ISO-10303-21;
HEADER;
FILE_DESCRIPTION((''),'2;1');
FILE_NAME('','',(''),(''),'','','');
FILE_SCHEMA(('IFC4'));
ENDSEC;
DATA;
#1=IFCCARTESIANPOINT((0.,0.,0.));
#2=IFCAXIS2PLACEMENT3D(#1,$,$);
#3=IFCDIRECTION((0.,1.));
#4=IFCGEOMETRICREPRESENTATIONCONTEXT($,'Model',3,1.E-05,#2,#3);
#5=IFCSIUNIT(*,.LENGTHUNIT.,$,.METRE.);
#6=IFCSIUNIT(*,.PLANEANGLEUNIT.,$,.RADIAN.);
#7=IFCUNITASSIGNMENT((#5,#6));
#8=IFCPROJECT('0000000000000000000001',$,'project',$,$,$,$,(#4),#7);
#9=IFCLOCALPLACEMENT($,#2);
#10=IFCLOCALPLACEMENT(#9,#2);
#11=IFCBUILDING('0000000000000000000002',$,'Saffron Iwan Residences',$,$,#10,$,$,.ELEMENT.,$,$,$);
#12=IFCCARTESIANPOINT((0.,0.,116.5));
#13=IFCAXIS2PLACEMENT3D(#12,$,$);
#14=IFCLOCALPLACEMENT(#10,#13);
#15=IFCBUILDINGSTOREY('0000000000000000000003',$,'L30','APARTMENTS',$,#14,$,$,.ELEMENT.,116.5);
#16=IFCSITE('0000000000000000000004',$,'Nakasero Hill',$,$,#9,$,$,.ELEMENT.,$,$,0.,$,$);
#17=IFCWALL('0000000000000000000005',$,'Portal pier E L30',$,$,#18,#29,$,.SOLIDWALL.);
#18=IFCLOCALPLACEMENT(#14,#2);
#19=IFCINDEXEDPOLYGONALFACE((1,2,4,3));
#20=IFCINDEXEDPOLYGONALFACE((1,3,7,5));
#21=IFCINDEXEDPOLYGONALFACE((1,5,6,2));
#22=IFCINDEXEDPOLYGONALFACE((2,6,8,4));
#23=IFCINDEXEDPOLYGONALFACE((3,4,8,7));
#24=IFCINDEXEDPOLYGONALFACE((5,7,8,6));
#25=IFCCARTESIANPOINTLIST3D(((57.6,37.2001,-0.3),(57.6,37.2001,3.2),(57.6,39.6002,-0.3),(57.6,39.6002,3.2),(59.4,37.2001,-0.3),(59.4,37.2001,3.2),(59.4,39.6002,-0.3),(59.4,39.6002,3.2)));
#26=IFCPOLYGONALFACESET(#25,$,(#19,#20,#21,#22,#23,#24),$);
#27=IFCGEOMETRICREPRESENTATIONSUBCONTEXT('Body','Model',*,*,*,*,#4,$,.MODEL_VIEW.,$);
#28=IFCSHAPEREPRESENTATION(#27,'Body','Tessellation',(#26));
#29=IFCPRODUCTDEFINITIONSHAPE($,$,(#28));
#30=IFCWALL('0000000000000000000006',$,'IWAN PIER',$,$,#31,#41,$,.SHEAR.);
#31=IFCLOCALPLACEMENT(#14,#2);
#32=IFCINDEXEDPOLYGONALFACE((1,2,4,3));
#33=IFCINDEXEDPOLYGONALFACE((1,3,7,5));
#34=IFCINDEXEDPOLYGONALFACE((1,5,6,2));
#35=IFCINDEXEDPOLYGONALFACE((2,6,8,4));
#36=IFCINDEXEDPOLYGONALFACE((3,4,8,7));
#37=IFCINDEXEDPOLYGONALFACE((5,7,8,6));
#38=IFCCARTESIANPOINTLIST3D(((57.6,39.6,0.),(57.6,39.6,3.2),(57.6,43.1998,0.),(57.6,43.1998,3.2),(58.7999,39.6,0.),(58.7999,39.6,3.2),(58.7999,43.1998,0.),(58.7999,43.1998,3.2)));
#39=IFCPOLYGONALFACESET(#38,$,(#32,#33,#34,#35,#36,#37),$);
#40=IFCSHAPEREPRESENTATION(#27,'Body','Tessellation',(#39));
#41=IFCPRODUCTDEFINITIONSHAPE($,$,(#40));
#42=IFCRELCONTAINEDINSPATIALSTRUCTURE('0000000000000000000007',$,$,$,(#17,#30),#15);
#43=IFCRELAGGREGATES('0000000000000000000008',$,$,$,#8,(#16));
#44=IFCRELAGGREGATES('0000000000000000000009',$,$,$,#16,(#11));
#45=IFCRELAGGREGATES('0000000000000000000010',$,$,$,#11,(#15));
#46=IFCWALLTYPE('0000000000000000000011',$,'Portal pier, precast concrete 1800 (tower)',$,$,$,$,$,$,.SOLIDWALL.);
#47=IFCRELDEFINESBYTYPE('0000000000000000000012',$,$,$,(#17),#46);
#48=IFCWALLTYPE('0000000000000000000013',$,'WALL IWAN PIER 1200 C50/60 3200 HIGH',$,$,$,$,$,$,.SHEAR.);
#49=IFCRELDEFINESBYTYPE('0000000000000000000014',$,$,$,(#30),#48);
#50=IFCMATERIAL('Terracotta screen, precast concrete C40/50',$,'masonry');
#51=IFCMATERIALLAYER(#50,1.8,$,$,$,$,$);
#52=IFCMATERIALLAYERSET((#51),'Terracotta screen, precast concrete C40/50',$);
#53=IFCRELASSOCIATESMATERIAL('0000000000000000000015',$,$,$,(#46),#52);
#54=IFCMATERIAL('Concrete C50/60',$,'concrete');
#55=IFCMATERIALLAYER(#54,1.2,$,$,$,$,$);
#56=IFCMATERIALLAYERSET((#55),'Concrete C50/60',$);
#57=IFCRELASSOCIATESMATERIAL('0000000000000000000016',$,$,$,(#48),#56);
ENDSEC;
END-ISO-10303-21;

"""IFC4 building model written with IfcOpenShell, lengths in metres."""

from ifc_helpers import new_model, si_unit, direction, frame, frame_2d, origin, place, context, subcontext, project, spatial, rectangle, extrude, material, layer, layer_set, type_object, element, save


model = new_model("IFC4")

# Units and contexts
model_context = context("Model", 3, precision=1e-05, world=origin(), true_north=direction((0.0, 1.0)))
body_context = subcontext(model_context, "Body", "Model", "MODEL_VIEW")
ifc_project = project(units=[si_unit("LENGTHUNIT", "METRE"), si_unit("PLANEANGLEUNIT", "RADIAN")], contexts=[model_context])

# Site, building, storey
site_placement = place(None, origin())
site = spatial("IfcSite", under=ifc_project, at=site_placement, Name="Nakasero Hill", CompositionType="ELEMENT", RefElevation=0.0)
building_placement = place(site_placement, origin())
building = spatial("IfcBuilding", under=site, at=building_placement, Name="Saffron Iwan Residences", CompositionType="ELEMENT")
storey_placement = place(building_placement, frame((0.0, 0.0, 116.5)))
storey = spatial("IfcBuildingStorey", under=building, at=storey_placement, Name="L30", Description="APARTMENTS", CompositionType="ELEMENT", Elevation=116.5)

# Shared definitions
ifc_material_1 = material(Name="Concrete C50/60", Category="concrete")

# Walls
ifc_material_2 = material(Name="Terracotta screen, precast concrete C40/50", Category="masonry")
ifc_layer_1 = layer(ifc_material_2, 1.8)
ifc_layer_set_1 = layer_set([ifc_layer_1], Name="Terracotta screen, precast concrete C40/50")
wall_type_1 = type_object("IfcWallType", Name="Portal pier, precast concrete 1800 (tower)", PredefinedType="SOLIDWALL", material=ifc_layer_set_1)
wall_1_placement = place(storey_placement, frame((58.5, 37.2, -0.3), z_axis=(0.0, 0.0, 1.0), x_axis=(0.0, 1.0, 0.0)))
element("IfcWall", 1, at=wall_1_placement, inside=storey, type_object=wall_type_1, Name="Portal pier E L30", PredefinedType="SOLIDWALL", context=body_context, shape_type="SweptSolid", body=[
    extrude(rectangle(XDim=2.4001, YDim=1.8, at=frame_2d((1.2002, 0.0))), origin(), (0.0, 0.0, 1.0), 3.5),
])
ifc_layer_2 = layer(ifc_material_1, 1.2)
ifc_layer_set_2 = layer_set([ifc_layer_2], Name="Concrete C50/60")
wall_type_2 = type_object("IfcWallType", Name="WALL IWAN PIER 1200 C50/60 3200 HIGH", PredefinedType="SHEAR", material=ifc_layer_set_2)
wall_2_placement = place(storey_placement, frame((58.2, 39.6001, 0.0), z_axis=(0.0, 0.0, 1.0), x_axis=(0.0, 1.0, 0.0)))
element("IfcWall", 2, at=wall_2_placement, inside=storey, type_object=wall_type_2, Name="IWAN PIER", PredefinedType="SHEAR", context=body_context, shape_type="SweptSolid", body=[
    extrude(rectangle(XDim=3.5999, YDim=1.2, at=frame_2d((1.7998, 0.0))), origin(), (0.0, 0.0, 1.0), 3.2),
])

save(model, "model.ifc")
